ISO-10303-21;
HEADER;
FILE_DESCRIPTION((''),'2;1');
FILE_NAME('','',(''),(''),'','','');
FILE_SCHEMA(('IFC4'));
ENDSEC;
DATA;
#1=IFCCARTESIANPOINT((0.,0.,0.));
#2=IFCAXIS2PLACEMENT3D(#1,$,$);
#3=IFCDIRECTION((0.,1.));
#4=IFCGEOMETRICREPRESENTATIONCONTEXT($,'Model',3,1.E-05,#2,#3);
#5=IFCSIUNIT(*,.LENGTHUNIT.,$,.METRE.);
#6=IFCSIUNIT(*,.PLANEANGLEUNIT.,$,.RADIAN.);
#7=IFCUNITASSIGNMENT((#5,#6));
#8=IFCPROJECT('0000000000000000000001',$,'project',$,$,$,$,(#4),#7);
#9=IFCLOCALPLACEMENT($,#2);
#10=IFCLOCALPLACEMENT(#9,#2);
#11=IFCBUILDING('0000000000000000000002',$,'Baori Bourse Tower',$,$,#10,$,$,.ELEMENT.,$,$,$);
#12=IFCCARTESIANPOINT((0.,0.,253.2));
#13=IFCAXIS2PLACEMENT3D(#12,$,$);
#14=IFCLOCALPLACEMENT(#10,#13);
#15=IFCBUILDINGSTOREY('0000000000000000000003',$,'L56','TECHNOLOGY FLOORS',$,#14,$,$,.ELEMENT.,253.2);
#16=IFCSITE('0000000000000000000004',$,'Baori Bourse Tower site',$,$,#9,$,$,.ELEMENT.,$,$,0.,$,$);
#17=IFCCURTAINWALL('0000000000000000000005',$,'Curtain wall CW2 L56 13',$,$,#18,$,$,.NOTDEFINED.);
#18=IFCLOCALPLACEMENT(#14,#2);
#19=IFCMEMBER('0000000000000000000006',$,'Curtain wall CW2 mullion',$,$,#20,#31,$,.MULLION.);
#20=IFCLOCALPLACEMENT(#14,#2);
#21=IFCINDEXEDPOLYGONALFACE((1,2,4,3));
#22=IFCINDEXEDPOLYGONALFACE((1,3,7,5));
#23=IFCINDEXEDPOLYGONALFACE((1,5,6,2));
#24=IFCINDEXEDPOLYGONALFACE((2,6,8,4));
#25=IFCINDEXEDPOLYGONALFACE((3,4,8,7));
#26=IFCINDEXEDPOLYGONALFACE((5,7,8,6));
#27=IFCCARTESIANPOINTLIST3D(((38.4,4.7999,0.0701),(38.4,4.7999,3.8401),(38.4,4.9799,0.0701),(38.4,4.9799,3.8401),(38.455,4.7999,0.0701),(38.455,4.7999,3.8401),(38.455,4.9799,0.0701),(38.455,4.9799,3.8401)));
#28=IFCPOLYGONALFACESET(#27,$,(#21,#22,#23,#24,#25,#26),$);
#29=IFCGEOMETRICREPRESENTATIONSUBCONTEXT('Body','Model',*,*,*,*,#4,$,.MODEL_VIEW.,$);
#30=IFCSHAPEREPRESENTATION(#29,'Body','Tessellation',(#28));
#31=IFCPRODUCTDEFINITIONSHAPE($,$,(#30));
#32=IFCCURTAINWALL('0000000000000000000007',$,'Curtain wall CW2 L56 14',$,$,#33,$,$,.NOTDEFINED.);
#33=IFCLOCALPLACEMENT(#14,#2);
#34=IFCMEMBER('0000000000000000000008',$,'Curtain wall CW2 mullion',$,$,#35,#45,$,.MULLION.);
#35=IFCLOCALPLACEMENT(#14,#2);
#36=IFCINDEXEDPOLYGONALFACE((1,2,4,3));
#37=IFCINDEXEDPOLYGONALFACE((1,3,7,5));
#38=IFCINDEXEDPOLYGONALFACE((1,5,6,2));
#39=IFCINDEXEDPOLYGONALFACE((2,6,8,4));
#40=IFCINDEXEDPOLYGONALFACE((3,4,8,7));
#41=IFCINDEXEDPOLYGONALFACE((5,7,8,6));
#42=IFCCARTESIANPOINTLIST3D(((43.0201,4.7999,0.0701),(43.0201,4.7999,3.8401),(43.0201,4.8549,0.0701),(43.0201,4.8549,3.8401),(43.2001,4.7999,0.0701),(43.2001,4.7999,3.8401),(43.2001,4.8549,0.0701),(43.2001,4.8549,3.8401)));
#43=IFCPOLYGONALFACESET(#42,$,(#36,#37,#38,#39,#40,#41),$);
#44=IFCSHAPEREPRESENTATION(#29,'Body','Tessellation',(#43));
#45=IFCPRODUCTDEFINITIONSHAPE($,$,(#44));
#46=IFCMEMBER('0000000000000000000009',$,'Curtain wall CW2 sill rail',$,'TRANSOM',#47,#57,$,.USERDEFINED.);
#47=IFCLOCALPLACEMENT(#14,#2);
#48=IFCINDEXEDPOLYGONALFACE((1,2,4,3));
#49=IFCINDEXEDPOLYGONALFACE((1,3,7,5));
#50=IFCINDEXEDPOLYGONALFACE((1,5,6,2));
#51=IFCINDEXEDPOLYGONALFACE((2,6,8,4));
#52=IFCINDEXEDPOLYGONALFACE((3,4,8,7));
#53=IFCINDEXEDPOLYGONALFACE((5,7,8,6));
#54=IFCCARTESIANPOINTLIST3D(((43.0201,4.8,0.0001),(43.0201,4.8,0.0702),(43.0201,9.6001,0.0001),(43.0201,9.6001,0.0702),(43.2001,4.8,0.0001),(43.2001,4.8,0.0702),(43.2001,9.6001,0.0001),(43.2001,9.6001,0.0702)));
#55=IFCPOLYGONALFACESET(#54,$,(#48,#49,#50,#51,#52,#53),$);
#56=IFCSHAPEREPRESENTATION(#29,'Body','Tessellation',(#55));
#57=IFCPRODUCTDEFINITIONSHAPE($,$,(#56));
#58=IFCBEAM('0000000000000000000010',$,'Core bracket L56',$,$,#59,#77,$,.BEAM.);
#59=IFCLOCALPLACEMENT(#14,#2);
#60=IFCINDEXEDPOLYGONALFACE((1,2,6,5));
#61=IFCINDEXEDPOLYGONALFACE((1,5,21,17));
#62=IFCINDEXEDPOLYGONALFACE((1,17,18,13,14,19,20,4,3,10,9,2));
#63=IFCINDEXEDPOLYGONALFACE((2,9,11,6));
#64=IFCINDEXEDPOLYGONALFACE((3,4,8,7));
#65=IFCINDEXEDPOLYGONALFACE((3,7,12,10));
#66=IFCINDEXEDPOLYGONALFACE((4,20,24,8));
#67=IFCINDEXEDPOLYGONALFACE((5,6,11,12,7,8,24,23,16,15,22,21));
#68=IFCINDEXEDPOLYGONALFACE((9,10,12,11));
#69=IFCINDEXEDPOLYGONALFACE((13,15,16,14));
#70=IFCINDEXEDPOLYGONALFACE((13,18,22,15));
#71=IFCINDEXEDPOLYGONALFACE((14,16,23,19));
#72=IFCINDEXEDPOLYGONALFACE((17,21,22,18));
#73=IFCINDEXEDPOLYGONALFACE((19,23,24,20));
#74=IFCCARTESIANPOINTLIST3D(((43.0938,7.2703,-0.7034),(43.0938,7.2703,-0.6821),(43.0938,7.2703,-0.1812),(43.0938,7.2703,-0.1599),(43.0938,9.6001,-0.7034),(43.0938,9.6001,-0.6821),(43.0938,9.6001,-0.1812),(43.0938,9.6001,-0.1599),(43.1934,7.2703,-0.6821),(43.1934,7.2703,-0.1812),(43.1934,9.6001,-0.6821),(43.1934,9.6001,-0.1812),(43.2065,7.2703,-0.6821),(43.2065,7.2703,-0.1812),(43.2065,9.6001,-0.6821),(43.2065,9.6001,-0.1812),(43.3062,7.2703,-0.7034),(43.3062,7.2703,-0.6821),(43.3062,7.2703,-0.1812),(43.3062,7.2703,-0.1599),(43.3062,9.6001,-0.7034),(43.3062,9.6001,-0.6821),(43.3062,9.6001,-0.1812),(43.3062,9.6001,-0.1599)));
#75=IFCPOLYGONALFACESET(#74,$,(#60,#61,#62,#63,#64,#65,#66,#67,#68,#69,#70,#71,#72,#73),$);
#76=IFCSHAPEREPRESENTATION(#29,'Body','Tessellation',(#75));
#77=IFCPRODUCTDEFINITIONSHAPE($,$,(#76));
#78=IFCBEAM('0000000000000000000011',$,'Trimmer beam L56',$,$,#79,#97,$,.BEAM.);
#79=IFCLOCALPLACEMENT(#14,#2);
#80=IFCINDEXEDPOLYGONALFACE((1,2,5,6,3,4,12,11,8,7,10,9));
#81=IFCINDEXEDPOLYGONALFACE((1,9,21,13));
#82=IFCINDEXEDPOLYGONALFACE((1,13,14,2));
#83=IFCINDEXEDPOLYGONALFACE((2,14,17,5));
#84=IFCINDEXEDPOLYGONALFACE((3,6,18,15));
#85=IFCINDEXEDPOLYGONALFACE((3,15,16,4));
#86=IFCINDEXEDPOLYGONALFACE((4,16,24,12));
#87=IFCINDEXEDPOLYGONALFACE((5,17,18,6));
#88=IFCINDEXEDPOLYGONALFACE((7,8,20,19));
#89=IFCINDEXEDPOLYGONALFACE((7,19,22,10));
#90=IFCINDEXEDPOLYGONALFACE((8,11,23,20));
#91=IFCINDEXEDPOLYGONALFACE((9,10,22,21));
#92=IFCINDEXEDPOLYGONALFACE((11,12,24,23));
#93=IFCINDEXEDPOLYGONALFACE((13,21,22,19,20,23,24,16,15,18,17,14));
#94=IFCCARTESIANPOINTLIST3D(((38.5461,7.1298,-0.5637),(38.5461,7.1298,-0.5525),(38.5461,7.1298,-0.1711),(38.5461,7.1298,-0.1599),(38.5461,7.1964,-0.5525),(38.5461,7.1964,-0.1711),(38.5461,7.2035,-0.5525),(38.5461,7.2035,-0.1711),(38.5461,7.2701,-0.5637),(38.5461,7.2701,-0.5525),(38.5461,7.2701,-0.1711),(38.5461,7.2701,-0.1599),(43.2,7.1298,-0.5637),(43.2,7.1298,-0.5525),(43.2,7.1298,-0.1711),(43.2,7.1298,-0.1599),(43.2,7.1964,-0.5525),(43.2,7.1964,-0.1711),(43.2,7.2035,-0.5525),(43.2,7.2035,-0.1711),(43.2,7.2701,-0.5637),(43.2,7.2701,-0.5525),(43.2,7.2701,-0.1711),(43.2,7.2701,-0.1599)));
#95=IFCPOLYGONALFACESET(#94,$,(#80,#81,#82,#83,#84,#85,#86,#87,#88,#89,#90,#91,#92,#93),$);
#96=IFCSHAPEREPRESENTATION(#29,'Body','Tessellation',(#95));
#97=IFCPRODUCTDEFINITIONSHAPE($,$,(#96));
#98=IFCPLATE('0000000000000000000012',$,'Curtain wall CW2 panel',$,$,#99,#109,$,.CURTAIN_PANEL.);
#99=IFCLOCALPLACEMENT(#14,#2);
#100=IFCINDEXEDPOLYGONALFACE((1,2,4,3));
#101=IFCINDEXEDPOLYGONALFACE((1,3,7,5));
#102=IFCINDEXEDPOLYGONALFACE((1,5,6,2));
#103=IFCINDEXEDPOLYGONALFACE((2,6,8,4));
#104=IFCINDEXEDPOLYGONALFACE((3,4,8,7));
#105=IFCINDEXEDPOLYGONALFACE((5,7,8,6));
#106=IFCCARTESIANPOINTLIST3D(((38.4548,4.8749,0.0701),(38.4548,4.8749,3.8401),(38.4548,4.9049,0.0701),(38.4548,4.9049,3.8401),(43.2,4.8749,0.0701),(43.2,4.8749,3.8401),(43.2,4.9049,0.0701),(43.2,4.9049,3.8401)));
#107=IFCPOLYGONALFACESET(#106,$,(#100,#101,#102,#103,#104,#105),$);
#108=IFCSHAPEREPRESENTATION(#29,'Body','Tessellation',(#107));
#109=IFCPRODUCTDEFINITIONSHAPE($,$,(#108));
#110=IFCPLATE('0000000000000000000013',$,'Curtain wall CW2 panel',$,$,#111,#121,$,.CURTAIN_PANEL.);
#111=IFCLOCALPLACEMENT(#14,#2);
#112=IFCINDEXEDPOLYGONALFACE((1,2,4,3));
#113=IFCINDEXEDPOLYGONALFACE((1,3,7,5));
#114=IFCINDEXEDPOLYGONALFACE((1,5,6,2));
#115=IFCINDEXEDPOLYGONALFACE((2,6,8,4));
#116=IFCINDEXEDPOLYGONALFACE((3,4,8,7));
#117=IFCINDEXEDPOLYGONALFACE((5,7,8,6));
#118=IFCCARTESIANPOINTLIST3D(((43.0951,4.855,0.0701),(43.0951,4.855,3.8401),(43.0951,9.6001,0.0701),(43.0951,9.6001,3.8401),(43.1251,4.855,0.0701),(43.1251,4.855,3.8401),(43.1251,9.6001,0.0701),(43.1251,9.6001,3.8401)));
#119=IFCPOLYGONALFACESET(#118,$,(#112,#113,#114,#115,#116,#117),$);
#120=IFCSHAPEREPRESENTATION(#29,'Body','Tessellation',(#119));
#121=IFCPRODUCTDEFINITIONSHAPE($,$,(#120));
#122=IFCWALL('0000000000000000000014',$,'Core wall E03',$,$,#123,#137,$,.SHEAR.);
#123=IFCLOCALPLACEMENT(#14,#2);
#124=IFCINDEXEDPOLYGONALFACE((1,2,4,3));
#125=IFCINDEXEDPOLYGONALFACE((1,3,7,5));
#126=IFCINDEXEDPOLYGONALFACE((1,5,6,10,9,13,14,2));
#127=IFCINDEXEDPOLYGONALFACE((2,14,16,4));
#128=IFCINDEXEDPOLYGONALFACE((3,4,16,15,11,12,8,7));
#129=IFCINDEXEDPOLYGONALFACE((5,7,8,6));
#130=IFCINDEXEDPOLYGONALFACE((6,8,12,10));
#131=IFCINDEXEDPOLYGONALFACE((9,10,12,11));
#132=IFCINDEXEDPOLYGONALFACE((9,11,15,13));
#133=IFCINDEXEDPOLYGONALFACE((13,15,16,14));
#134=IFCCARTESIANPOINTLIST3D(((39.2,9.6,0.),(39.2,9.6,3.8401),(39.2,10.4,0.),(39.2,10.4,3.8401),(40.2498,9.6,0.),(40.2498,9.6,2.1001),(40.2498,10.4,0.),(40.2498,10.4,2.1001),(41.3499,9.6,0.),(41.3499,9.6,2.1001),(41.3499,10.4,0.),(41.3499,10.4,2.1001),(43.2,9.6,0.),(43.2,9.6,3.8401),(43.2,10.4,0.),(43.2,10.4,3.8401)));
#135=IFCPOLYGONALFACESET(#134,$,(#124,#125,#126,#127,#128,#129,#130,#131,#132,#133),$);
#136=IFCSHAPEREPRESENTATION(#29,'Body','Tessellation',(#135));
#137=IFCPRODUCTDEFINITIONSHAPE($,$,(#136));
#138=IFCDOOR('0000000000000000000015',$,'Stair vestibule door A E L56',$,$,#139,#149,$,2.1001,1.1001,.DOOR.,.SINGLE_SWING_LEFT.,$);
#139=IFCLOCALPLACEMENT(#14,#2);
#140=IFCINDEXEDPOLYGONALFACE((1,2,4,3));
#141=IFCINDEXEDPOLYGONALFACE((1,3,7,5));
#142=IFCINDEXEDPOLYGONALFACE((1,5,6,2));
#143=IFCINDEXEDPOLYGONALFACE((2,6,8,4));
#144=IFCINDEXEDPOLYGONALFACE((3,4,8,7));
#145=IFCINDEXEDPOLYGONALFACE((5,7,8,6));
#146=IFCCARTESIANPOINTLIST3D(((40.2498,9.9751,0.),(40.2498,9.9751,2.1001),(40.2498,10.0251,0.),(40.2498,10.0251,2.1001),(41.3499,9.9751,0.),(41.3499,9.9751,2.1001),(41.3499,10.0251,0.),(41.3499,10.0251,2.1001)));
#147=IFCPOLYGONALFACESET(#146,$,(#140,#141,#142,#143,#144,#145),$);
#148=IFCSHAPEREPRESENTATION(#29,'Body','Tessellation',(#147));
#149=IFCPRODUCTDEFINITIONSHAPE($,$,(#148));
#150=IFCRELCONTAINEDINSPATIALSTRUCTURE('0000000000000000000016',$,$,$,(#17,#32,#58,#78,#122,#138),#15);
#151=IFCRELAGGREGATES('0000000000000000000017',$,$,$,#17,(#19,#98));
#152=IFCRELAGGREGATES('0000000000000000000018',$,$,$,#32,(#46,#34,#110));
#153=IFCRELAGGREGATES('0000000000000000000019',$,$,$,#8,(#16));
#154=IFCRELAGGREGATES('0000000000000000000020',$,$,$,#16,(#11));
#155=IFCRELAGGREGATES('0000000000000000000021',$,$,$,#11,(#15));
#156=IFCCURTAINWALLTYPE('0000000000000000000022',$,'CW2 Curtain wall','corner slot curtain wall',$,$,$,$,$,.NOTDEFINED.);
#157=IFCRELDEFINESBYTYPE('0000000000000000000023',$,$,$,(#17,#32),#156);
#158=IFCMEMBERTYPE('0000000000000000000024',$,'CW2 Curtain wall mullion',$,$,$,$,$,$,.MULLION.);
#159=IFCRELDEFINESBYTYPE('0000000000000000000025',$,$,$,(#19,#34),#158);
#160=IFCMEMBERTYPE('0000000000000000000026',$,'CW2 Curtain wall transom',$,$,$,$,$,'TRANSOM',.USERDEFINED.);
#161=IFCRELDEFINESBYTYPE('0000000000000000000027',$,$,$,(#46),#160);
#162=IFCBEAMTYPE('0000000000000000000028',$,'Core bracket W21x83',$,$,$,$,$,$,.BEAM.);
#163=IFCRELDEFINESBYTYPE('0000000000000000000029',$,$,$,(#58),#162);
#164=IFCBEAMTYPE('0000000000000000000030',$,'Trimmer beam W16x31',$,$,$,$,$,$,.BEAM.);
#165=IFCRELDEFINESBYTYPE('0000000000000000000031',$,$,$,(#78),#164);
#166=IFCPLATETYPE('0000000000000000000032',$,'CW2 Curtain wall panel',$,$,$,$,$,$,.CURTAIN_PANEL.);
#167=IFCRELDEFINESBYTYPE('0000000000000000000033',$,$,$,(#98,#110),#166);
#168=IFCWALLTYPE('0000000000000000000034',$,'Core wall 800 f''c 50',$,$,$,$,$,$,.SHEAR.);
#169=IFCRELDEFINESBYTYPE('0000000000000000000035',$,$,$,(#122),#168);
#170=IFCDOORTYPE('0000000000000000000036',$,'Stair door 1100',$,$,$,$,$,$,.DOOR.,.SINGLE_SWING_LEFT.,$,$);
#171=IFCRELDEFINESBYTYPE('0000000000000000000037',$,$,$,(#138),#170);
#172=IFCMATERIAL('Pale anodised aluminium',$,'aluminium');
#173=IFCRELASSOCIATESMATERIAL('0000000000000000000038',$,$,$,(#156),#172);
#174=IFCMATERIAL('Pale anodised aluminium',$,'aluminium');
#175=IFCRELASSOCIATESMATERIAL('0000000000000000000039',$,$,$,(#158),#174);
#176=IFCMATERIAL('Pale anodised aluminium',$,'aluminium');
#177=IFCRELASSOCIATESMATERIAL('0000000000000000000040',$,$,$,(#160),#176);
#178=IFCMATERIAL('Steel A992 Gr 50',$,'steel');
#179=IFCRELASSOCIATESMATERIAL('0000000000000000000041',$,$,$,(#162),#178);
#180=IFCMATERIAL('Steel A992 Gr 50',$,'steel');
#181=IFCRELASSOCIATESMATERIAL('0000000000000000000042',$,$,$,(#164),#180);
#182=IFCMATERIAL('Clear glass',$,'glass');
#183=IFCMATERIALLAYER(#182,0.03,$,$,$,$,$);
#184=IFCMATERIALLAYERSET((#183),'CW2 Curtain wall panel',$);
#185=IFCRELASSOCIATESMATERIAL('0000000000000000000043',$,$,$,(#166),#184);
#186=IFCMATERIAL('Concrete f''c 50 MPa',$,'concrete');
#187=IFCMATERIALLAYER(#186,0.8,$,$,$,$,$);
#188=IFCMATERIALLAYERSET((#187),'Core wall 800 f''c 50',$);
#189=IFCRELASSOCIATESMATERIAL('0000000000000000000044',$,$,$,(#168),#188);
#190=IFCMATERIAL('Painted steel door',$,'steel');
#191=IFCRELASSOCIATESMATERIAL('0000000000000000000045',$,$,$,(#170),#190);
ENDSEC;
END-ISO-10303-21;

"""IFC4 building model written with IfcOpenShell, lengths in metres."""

from ifc_helpers import new_model, si_unit, direction, frame, frame_2d, origin, origin_2d, place, context, subcontext, project, spatial, rectangle, i_section, extrude, material, layer, layer_set, material_profile, profile_set, type_object, element, fill, aggregate, save


model = new_model("IFC4")

# Units and contexts
model_context = context("Model", 3, precision=1e-05, world=origin(), true_north=direction((0.0, 1.0)))
body_context = subcontext(model_context, "Body", "Model", "MODEL_VIEW")
ifc_project = project(units=[si_unit("LENGTHUNIT", "METRE"), si_unit("PLANEANGLEUNIT", "RADIAN")], contexts=[model_context])

# Site, building, storey
site_placement = place(None, origin())
site = spatial("IfcSite", under=ifc_project, at=site_placement, Name="Baori Bourse Tower site", CompositionType="ELEMENT", RefElevation=0.0)
building_placement = place(site_placement, origin())
building = spatial("IfcBuilding", under=site, at=building_placement, Name="Baori Bourse Tower", CompositionType="ELEMENT")
storey_placement = place(building_placement, frame((0.0, 0.0, 253.2)))
storey = spatial("IfcBuildingStorey", under=building, at=storey_placement, Name="L56", Description="TECHNOLOGY FLOORS", CompositionType="ELEMENT", Elevation=253.2)

# Curtain wall, member
ifc_material_1 = material(Name="Pale anodised aluminium", Category="aluminium")
curtain_wall_type = type_object("IfcCurtainWallType", Name="CW2 Curtain wall", Description="corner slot curtain wall", PredefinedType="NOTDEFINED", material=ifc_material_1)
curtain_wall_1_placement = place(storey_placement, origin())
curtain_wall_1 = element("IfcCurtainWall", 1, at=curtain_wall_1_placement, inside=storey, type_object=curtain_wall_type, Name="Curtain wall CW2 L56 13", PredefinedType="NOTDEFINED")
ifc_material_2 = material(Name="Pale anodised aluminium", Category="aluminium")
ifc_material_profile_1 = material_profile(ifc_material_2, rectangle(XDim=0.1799, YDim=0.0549, at=origin_2d()), Name="Mullion 55x180")
ifc_profile_set_1 = profile_set([ifc_material_profile_1], Name="Pale anodised aluminium")
member_type_1 = type_object("IfcMemberType", Name="CW2 Curtain wall mullion", PredefinedType="MULLION", material=ifc_profile_set_1)
member_1_placement = place(storey_placement, frame((38.4275, 4.8899, 0.0701), z_axis=(0.0, 0.0, 1.0), x_axis=(0.0, 1.0, 0.0)))
member_1 = element("IfcMember", 2, at=member_1_placement, type_object=member_type_1, Name="Curtain wall CW2 mullion", PredefinedType="MULLION", context=body_context, shape_type="SweptSolid", body=[
    extrude(rectangle(XDim=0.1799, YDim=0.0549, at=origin_2d()), origin(), (0.0, 0.0, 1.0), 3.77),
])

# Curtain wall, members
curtain_wall_2_placement = place(storey_placement, origin())
curtain_wall_2 = element("IfcCurtainWall", 3, at=curtain_wall_2_placement, inside=storey, type_object=curtain_wall_type, Name="Curtain wall CW2 L56 14", PredefinedType="NOTDEFINED")
member_2_placement = place(storey_placement, frame((43.1101, 4.8274, 0.0701), z_axis=(0.0, 0.0, 1.0), x_axis=(-1.0, 0.0, 0.0)))
member_2 = element("IfcMember", 4, at=member_2_placement, type_object=member_type_1, Name="Curtain wall CW2 mullion", PredefinedType="MULLION", context=body_context, shape_type="SweptSolid", body=[
    extrude(rectangle(XDim=0.1799, YDim=0.0549, at=origin_2d()), origin(), (0.0, 0.0, 1.0), 3.77),
])
ifc_material_3 = material(Name="Pale anodised aluminium", Category="aluminium")
ifc_material_profile_2 = material_profile(ifc_material_3, rectangle(XDim=0.1799, YDim=0.0701, at=origin_2d()), Name="Transom 70x180")
ifc_profile_set_2 = profile_set([ifc_material_profile_2], Name="Pale anodised aluminium")
member_type_2 = type_object("IfcMemberType", Name="CW2 Curtain wall transom", ElementType="TRANSOM", PredefinedType="USERDEFINED", material=ifc_profile_set_2)
member_3_placement = place(storey_placement, frame((43.1101, 4.8, 0.0352), z_axis=(0.0, 1.0, 0.0), x_axis=(-1.0, 0.0, 0.0)))
member_3 = element("IfcMember", 5, at=member_3_placement, type_object=member_type_2, Name="Curtain wall CW2 sill rail", ObjectType="TRANSOM", PredefinedType="USERDEFINED", context=body_context, shape_type="SweptSolid", body=[
    extrude(rectangle(XDim=0.1799, YDim=0.0701, at=origin_2d()), origin(), (0.0, 0.0, 1.0), 4.8),
])

# Beams
ifc_material_4 = material(Name="Steel A992 Gr 50", Category="steel")
ifc_material_profile_3 = material_profile(ifc_material_4, i_section(OverallWidth=0.2124, OverallDepth=0.5435, WebThickness=0.0132, FlangeThickness=0.0212, at=origin_2d()), Name="W21x83")
ifc_profile_set_3 = profile_set([ifc_material_profile_3], Name="Steel A992 Gr 50")
beam_type_1 = type_object("IfcBeamType", Name="Core bracket W21x83", PredefinedType="BEAM", material=ifc_profile_set_3)
beam_1_placement = place(storey_placement, frame((43.2, 7.2703, -0.4316), z_axis=(0.0, 1.0, 0.0), x_axis=(-1.0, 0.0, 0.0)))
element("IfcBeam", 6, at=beam_1_placement, inside=storey, type_object=beam_type_1, Name="Core bracket L56", PredefinedType="BEAM", context=body_context, shape_type="SweptSolid", body=[
    extrude(i_section(OverallWidth=0.2124, OverallDepth=0.5435, WebThickness=0.0132, FlangeThickness=0.0212, at=origin_2d()), origin(), (0.0, 0.0, 1.0), 2.3298),
])
ifc_material_5 = material(Name="Steel A992 Gr 50", Category="steel")
ifc_material_profile_4 = material_profile(ifc_material_5, i_section(OverallWidth=0.1404, OverallDepth=0.4038, WebThickness=0.0071, FlangeThickness=0.0112, at=origin_2d()), Name="W16x31")
ifc_profile_set_4 = profile_set([ifc_material_profile_4], Name="Steel A992 Gr 50")
beam_type_2 = type_object("IfcBeamType", Name="Trimmer beam W16x31", PredefinedType="BEAM", material=ifc_profile_set_4)
beam_2_placement = place(storey_placement, frame((38.5461, 7.2, -0.3618), z_axis=(1.0, 0.0, 0.0), x_axis=(0.0, 1.0, 0.0)))
element("IfcBeam", 7, at=beam_2_placement, inside=storey, type_object=beam_type_2, Name="Trimmer beam L56", PredefinedType="BEAM", context=body_context, shape_type="SweptSolid", body=[
    extrude(i_section(OverallWidth=0.1404, OverallDepth=0.4038, WebThickness=0.0071, FlangeThickness=0.0112, at=origin_2d()), origin(), (0.0, 0.0, 1.0), 4.6538),
])

# Plates
ifc_material_6 = material(Name="Clear glass", Category="glass")
ifc_layer_1 = layer(ifc_material_6, 0.03)
ifc_layer_set_1 = layer_set([ifc_layer_1], Name="CW2 Curtain wall panel")
plate_type = type_object("IfcPlateType", Name="CW2 Curtain wall panel", PredefinedType="CURTAIN_PANEL", material=ifc_layer_set_1)
plate_1_placement = place(storey_placement, frame((40.8274, 4.8899, 0.0701), z_axis=(0.0, 0.0, 1.0), x_axis=(1.0, 0.0, 0.0)))
plate_1 = element("IfcPlate", 8, at=plate_1_placement, type_object=plate_type, Name="Curtain wall CW2 panel", PredefinedType="CURTAIN_PANEL", context=body_context, shape_type="SweptSolid", body=[
    extrude(rectangle(XDim=4.7451, YDim=0.03, at=origin_2d()), origin(), (0.0, 0.0, 1.0), 3.77),
])
aggregate(curtain_wall_1, [member_1, plate_1])
plate_2_placement = place(storey_placement, frame((43.1101, 7.2275, 0.0701), z_axis=(0.0, 0.0, 1.0), x_axis=(0.0, 1.0, 0.0)))
plate_2 = element("IfcPlate", 9, at=plate_2_placement, type_object=plate_type, Name="Curtain wall CW2 panel", PredefinedType="CURTAIN_PANEL", context=body_context, shape_type="SweptSolid", body=[
    extrude(rectangle(XDim=4.7451, YDim=0.03, at=origin_2d()), origin(), (0.0, 0.0, 1.0), 3.77),
])
aggregate(curtain_wall_2, [member_3, member_2, plate_2])

# Wall, opening, door
ifc_material_7 = material(Name="Concrete f'c 50 MPa", Category="concrete")
ifc_layer_2 = layer(ifc_material_7, 0.8)
ifc_layer_set_2 = layer_set([ifc_layer_2], Name="Core wall 800 f'c 50")
wall_type_1 = type_object("IfcWallType", Name="Core wall 800 f'c 50", PredefinedType="SHEAR", material=ifc_layer_set_2)
wall_1_placement = place(storey_placement, frame((43.2, 10.0, 0.0), z_axis=(0.0, 0.0, 1.0), x_axis=(-1.0, 0.0, 0.0)))
wall_1 = element("IfcWall", 10, at=wall_1_placement, inside=storey, type_object=wall_type_1, Name="Core wall E03", PredefinedType="SHEAR", context=body_context, shape_type="SweptSolid", body=[
    extrude(rectangle(XDim=4.0, YDim=0.8, at=frame_2d((2.0, 0.0))), origin(), (0.0, 0.0, 1.0), 3.8401),
])
opening_1_placement = place(wall_1_placement, frame((1.8501, 0.0, 0.0)))
opening_1 = element("IfcOpeningElement", 11, at=opening_1_placement, cuts=wall_1, PredefinedType="OPENING", context=body_context, shape_type="SweptSolid", body=[
    extrude(rectangle(XDim=1.1001, YDim=2.1001, at=frame_2d((0.55, 1.05))), frame((0.0, 0.4099, 0.0), z_axis=(0.0, -1.0, 0.0), x_axis=(1.0, 0.0, 0.0)), (0.0, 0.0, 1.0), 0.8201),
])
ifc_material_8 = material(Name="Painted steel door", Category="steel")
door_type_1 = type_object("IfcDoorType", Name="Stair door 1100", OperationType="SINGLE_SWING_LEFT", PredefinedType="DOOR", material=ifc_material_8)
door_1_placement = place(opening_1_placement, origin())
door_1 = element("IfcDoor", 12, at=door_1_placement, inside=storey, type_object=door_type_1, Name="Stair vestibule door A E L56", OperationType="SINGLE_SWING_LEFT", OverallHeight=2.1001, OverallWidth=1.1001, PredefinedType="DOOR", context=body_context, shape_type="SweptSolid", body=[
    extrude(rectangle(XDim=1.1001, YDim=2.1001, at=frame_2d((0.55, 1.05))), frame((0.0, 0.0249, 0.0), z_axis=(0.0, -1.0, 0.0), x_axis=(1.0, 0.0, 0.0)), (0.0, 0.0, 1.0), 0.05),
])
fill(opening_1, door_1)

save(model, "model.ifc")
